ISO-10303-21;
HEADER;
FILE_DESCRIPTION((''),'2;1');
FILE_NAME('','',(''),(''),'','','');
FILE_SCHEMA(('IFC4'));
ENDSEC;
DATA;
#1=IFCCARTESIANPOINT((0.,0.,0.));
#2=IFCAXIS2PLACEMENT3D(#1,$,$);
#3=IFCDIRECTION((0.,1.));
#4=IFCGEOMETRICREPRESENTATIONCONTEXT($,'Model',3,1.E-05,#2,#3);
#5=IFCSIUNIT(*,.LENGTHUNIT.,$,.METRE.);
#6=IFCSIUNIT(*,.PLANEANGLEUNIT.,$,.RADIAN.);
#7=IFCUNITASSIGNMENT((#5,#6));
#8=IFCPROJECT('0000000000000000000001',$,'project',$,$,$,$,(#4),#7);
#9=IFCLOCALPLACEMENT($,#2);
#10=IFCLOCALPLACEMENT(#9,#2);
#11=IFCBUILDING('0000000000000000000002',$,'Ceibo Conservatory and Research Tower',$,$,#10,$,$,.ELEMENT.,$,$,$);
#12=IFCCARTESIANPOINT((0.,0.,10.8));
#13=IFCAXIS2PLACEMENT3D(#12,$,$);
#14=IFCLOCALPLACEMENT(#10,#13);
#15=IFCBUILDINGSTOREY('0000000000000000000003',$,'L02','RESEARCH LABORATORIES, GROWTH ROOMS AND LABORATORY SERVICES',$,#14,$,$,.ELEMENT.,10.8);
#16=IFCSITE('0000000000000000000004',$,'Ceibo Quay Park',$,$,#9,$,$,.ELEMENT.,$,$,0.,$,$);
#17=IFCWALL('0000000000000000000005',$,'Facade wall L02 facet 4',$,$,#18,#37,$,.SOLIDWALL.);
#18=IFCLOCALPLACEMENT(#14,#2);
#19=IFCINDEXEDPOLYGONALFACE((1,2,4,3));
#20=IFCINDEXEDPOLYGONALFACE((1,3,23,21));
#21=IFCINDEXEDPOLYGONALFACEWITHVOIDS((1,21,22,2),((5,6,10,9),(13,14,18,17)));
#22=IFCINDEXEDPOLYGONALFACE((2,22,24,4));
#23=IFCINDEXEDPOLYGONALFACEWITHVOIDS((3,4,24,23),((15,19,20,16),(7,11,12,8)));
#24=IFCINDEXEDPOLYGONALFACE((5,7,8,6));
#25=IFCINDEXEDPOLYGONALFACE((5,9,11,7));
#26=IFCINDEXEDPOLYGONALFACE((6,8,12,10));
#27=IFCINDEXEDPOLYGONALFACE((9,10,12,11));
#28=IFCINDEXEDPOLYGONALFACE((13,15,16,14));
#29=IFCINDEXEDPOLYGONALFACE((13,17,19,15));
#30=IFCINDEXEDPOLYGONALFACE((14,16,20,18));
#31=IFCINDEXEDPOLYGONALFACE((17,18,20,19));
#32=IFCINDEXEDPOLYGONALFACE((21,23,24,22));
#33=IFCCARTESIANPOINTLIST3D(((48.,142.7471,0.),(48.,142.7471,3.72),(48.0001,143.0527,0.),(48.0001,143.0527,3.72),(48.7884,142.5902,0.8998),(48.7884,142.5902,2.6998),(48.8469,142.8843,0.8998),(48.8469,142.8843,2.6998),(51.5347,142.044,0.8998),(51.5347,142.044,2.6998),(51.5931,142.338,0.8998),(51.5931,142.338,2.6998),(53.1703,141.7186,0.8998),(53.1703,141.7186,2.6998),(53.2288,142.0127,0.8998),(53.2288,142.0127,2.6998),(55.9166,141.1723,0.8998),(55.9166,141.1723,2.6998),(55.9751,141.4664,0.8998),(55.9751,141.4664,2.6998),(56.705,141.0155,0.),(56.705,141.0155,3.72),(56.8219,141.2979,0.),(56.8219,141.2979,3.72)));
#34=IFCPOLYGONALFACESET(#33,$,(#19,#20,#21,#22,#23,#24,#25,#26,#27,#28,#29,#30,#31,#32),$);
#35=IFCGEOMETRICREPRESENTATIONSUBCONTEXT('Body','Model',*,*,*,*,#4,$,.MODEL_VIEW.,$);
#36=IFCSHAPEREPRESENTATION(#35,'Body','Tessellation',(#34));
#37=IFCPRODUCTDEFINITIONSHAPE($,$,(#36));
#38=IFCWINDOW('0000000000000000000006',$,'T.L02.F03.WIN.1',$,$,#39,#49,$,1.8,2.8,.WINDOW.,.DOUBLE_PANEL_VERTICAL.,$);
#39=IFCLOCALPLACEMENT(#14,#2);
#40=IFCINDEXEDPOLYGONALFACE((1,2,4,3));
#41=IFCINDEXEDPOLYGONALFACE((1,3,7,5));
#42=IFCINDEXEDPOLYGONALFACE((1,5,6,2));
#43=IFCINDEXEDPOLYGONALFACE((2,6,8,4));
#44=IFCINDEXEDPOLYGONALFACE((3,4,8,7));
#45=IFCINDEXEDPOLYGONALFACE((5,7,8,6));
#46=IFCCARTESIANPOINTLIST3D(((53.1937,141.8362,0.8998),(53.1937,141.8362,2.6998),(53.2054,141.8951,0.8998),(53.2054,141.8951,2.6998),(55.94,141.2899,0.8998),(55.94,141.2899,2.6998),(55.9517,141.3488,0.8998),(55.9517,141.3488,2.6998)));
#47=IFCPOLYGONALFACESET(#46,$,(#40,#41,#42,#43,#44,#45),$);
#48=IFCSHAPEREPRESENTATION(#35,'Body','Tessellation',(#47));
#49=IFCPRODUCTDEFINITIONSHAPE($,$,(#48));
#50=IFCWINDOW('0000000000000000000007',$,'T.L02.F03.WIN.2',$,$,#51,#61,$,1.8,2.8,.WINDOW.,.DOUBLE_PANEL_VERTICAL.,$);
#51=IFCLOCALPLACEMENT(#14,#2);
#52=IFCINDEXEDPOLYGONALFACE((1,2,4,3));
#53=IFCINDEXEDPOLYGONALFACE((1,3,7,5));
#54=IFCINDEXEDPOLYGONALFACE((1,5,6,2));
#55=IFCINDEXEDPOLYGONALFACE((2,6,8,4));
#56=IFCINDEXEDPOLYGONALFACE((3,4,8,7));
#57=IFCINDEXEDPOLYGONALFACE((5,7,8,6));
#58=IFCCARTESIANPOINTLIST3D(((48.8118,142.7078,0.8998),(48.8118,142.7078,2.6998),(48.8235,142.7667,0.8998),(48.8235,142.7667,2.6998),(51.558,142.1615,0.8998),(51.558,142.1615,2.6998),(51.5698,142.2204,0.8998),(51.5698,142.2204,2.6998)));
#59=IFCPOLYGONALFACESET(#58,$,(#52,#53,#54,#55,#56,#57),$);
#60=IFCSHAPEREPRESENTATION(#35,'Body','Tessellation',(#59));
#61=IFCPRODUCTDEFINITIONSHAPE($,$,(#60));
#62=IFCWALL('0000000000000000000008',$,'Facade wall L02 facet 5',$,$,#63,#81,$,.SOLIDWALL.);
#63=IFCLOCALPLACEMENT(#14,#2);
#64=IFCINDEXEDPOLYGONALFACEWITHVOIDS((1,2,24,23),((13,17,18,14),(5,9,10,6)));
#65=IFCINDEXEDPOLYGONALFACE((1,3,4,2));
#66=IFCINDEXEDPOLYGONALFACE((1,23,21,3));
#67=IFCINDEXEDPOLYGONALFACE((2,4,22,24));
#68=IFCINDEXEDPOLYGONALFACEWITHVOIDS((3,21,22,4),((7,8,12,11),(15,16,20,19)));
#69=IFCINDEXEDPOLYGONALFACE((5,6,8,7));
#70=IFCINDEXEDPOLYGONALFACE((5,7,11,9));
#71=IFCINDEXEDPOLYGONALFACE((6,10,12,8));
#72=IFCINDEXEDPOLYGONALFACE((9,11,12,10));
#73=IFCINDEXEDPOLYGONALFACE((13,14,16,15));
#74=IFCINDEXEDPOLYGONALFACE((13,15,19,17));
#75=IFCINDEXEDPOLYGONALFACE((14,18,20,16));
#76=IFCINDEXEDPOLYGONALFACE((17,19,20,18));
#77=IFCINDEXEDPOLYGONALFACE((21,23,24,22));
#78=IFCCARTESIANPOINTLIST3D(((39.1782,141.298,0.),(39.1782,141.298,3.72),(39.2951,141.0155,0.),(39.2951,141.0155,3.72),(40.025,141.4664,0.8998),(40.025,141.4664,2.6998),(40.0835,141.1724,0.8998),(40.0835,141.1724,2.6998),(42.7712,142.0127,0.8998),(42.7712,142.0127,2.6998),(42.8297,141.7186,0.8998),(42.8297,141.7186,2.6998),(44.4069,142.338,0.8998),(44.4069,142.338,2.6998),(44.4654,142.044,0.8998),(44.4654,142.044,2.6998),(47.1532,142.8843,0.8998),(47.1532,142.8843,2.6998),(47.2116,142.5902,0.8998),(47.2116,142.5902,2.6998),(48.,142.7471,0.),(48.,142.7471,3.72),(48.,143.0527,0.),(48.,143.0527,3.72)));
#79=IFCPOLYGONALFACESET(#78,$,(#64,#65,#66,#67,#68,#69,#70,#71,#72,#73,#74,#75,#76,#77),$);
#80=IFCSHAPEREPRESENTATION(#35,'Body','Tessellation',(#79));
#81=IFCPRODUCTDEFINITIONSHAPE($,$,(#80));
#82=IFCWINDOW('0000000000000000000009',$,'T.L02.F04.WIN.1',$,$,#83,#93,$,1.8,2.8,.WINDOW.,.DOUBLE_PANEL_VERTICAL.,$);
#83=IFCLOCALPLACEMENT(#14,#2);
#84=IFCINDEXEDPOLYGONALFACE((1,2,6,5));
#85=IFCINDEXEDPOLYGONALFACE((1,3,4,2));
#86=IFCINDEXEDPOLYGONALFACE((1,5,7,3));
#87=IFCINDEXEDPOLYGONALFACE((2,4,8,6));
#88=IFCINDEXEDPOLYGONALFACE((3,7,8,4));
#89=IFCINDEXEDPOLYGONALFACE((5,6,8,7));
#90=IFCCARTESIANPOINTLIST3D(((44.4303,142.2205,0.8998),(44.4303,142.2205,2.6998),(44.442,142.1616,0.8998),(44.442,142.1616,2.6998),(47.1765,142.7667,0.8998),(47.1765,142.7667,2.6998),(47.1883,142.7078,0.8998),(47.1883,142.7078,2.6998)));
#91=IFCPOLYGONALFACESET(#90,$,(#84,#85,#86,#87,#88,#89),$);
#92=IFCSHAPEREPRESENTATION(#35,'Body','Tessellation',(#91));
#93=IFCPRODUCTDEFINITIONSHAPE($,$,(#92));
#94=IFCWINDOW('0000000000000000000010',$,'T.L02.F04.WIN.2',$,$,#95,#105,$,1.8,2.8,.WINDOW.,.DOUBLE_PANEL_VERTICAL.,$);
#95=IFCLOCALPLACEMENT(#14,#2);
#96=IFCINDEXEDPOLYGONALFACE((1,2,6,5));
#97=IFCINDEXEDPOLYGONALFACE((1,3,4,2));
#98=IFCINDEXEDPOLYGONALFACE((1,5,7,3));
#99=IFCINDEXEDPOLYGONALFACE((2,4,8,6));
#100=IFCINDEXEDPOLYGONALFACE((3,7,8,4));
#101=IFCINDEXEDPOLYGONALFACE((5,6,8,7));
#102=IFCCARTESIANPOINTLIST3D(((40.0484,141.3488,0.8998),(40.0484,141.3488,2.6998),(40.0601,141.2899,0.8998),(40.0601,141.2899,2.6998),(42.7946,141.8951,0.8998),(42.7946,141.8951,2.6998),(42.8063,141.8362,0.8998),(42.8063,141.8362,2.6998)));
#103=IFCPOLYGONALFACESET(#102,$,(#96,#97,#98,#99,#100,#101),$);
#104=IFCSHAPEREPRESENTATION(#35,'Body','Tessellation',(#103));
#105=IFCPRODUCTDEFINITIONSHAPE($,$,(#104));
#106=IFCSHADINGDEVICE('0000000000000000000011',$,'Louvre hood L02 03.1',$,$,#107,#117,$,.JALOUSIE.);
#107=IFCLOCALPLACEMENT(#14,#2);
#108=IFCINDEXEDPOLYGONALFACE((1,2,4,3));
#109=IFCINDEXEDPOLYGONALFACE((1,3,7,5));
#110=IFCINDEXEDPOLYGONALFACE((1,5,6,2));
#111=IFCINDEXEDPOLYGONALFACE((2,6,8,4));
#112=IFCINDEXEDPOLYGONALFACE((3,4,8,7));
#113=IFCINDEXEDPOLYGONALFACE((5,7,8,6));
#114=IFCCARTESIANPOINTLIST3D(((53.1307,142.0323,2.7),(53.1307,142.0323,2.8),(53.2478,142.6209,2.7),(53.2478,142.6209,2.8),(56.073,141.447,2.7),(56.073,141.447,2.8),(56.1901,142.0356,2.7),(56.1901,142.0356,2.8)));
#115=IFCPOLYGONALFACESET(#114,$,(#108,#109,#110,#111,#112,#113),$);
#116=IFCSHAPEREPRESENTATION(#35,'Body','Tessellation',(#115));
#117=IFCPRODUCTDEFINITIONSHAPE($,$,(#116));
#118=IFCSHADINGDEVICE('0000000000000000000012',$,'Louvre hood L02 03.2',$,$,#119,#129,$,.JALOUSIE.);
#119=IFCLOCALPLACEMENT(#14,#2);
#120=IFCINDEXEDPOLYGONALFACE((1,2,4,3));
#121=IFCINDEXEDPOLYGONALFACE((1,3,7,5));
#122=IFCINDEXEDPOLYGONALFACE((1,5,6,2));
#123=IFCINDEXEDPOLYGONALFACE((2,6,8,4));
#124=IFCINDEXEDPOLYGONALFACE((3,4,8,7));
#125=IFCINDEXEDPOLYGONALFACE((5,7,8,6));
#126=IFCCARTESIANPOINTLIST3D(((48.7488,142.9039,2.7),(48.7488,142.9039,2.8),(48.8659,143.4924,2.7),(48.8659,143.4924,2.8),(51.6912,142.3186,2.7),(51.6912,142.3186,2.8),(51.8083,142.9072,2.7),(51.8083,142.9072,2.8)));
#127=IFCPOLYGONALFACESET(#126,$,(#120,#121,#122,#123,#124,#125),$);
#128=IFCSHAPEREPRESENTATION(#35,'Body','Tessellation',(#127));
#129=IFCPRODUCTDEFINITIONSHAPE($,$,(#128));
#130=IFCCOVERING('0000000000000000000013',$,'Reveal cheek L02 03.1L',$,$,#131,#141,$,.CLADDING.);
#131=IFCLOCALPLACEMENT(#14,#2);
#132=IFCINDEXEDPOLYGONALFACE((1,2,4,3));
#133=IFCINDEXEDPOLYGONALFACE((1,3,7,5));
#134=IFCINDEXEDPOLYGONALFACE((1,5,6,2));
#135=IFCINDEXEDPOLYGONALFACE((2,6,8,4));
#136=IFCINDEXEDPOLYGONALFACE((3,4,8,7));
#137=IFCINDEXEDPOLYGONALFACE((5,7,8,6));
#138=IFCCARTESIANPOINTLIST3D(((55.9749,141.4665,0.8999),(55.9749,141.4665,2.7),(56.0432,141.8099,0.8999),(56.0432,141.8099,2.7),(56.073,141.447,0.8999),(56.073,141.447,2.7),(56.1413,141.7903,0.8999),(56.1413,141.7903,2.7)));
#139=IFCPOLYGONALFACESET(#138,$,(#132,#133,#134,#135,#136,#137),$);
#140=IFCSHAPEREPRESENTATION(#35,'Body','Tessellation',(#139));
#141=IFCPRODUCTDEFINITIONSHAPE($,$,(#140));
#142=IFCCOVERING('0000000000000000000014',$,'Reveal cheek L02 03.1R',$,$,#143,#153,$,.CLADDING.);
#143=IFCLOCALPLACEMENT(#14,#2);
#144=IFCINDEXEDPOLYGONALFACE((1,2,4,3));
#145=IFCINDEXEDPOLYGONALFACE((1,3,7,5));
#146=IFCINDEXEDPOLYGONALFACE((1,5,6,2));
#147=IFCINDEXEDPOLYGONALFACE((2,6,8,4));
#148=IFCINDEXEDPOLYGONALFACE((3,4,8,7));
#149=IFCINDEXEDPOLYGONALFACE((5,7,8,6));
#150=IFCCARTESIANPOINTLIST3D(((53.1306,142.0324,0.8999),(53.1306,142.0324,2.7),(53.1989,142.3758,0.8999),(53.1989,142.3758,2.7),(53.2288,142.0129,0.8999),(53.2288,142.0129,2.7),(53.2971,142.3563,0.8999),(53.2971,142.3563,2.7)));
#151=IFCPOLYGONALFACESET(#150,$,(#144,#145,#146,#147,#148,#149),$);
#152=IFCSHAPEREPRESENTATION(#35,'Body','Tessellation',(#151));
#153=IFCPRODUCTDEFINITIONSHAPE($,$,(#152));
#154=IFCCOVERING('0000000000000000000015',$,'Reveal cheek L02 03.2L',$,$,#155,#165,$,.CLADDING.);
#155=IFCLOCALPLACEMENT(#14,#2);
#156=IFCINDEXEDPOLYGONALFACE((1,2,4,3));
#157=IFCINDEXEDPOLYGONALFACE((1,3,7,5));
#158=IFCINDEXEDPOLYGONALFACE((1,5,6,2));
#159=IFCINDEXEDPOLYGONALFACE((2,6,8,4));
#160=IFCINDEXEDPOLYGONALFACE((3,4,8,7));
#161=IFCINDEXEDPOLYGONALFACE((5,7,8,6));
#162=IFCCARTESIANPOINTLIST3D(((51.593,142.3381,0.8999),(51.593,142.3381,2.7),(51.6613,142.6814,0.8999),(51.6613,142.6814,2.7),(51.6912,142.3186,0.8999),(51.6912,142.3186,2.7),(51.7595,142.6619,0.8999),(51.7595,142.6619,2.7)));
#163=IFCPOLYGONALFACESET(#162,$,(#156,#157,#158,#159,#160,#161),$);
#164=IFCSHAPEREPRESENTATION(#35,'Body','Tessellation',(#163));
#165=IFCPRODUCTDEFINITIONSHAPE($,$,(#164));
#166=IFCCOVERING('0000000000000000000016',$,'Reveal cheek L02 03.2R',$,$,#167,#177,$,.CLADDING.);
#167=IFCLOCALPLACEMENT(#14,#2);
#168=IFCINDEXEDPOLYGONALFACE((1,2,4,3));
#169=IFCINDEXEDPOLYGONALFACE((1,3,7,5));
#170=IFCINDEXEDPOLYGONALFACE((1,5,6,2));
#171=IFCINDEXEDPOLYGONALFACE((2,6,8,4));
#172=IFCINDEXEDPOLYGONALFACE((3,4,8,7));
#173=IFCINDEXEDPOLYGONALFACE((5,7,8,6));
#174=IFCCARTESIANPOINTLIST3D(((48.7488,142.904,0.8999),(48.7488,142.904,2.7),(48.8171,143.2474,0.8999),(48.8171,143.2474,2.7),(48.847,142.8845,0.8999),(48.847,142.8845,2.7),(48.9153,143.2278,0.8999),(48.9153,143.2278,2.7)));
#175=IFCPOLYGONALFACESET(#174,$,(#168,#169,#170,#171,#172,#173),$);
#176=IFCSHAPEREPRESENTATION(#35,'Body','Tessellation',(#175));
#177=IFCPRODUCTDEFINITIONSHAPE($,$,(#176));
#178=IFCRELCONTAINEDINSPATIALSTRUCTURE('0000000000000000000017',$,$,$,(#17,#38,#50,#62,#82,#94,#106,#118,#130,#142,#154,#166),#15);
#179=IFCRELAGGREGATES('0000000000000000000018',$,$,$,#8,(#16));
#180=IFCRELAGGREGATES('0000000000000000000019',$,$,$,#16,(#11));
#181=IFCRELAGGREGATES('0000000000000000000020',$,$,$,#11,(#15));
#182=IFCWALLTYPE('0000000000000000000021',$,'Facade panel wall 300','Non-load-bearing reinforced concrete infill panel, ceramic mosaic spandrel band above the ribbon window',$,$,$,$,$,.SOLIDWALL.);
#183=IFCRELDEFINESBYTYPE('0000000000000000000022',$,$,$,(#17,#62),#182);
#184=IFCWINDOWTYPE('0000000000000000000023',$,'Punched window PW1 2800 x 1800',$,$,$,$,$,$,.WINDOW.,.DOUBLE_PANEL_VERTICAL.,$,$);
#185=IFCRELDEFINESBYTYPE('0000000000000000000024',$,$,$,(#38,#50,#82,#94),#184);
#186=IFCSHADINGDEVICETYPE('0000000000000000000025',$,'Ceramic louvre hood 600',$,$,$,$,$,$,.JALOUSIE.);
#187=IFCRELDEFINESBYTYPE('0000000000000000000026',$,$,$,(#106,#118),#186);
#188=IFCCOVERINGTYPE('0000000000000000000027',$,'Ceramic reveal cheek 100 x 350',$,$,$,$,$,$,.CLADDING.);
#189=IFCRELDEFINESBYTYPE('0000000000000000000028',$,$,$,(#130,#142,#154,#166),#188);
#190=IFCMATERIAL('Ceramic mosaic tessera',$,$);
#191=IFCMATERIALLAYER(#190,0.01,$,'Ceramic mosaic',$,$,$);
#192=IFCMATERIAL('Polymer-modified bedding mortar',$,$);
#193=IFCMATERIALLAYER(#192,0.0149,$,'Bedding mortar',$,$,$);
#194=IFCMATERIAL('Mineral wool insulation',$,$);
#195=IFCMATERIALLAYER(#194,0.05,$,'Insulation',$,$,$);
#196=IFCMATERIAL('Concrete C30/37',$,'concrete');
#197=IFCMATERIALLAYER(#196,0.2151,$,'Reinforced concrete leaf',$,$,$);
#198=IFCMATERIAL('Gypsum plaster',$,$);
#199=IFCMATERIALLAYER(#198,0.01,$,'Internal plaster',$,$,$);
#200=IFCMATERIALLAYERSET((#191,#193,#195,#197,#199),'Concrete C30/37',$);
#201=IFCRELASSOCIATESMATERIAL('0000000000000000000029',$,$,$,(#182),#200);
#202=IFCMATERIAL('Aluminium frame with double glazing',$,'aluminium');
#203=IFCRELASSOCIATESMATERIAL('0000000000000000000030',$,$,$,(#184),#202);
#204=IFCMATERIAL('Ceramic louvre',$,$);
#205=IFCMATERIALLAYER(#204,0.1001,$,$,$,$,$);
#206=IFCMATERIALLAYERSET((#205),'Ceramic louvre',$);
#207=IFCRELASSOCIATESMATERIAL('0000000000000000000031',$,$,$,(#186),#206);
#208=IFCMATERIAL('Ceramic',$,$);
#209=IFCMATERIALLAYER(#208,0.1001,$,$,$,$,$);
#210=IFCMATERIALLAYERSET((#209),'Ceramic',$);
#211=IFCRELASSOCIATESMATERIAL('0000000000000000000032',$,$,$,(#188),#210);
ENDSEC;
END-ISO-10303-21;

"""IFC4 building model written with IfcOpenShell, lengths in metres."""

from ifc_helpers import new_model, si_unit, direction, frame, frame_2d, origin, origin_2d, place, context, subcontext, project, spatial, polyline, rectangle, outline, extrude, material, layer, layer_set, type_object, element, fill, save


model = new_model("IFC4")

# Units and contexts
model_context = context("Model", 3, precision=1e-05, world=origin(), true_north=direction((0.0, 1.0)))
body_context = subcontext(model_context, "Body", "Model", "MODEL_VIEW")
ifc_project = project(units=[si_unit("LENGTHUNIT", "METRE"), si_unit("PLANEANGLEUNIT", "RADIAN")], contexts=[model_context])

# Site, building, storey
site_placement = place(None, origin())
site = spatial("IfcSite", under=ifc_project, at=site_placement, Name="Ceibo Quay Park", CompositionType="ELEMENT", RefElevation=0.0)
building_placement = place(site_placement, origin())
building = spatial("IfcBuilding", under=site, at=building_placement, Name="Ceibo Conservatory and Research Tower", CompositionType="ELEMENT")
storey_placement = place(building_placement, frame((0.0, 0.0, 10.8)))
storey = spatial("IfcBuildingStorey", under=building, at=storey_placement, Name="L02", Description="RESEARCH LABORATORIES, GROWTH ROOMS AND LABORATORY SERVICES", CompositionType="ELEMENT", Elevation=10.8)

# Walls, openings, windows
ifc_material_1 = material(Name="Ceramic mosaic tessera")
ifc_layer_1 = layer(ifc_material_1, 0.01, Name="Ceramic mosaic")
ifc_material_2 = material(Name="Polymer-modified bedding mortar")
ifc_layer_2 = layer(ifc_material_2, 0.0149, Name="Bedding mortar")
ifc_material_3 = material(Name="Mineral wool insulation")
ifc_layer_3 = layer(ifc_material_3, 0.05, Name="Insulation")
ifc_material_4 = material(Name="Concrete C30/37", Category="concrete")
ifc_layer_4 = layer(ifc_material_4, 0.2151, Name="Reinforced concrete leaf")
ifc_material_5 = material(Name="Gypsum plaster")
ifc_layer_5 = layer(ifc_material_5, 0.01, Name="Internal plaster")
ifc_layer_set_1 = layer_set([ifc_layer_1, ifc_layer_2, ifc_layer_3, ifc_layer_4, ifc_layer_5], Name="Concrete C30/37")
wall_type_1 = type_object("IfcWallType", Name="Facade panel wall 300", Description="Non-load-bearing reinforced concrete infill panel, ceramic mosaic spandrel band above the ribbon window", PredefinedType="SOLIDWALL", material=ifc_layer_set_1)
wall_1_placement = place(storey_placement, frame((56.7634, 141.1567, 0.0), z_axis=(0.0, 0.0, 1.0), x_axis=(-0.980785, 0.195091, 0.0)))
wall_1 = element("IfcWall", 1, at=wall_1_placement, inside=storey, type_object=wall_type_1, Name="Facade wall L02 facet 4", PredefinedType="SOLIDWALL", context=body_context, shape_type="SweptSolid", body=[
    extrude(outline(polyline([(-0.0298, -0.1499), (8.9648, -0.1499), (8.9053, 0.1499), (0.0298, 0.1499), (-0.0298, -0.1499)])), origin(), (0.0, 0.0, 1.0), 3.72),
])
opening_1_placement = place(wall_1_placement, frame((0.8337, 0.0, 0.8999)))
opening_1 = element("IfcOpeningElement", 2, at=opening_1_placement, cuts=wall_1, PredefinedType="OPENING", context=body_context, shape_type="SweptSolid", body=[
    extrude(rectangle(XDim=2.8, YDim=1.8, at=frame_2d((1.3999, 0.8999))), frame((0.0, 0.1599, 0.0), z_axis=(0.0, -1.0, 0.0), x_axis=(1.0, 0.0, 0.0)), (0.0, 0.0, 1.0), 0.3201),
])
opening_2_placement = place(wall_1_placement, frame((5.3015, 0.0, 0.8999)))
opening_2 = element("IfcOpeningElement", 3, at=opening_2_placement, cuts=wall_1, PredefinedType="OPENING", context=body_context, shape_type="SweptSolid", body=[
    extrude(rectangle(XDim=2.8, YDim=1.8, at=frame_2d((1.3999, 0.8999))), frame((0.0, 0.1599, 0.0), z_axis=(0.0, -1.0, 0.0), x_axis=(1.0, 0.0, 0.0)), (0.0, 0.0, 1.0), 0.3201),
])
ifc_material_6 = material(Name="Aluminium frame with double glazing", Category="aluminium")
window_type = type_object("IfcWindowType", Name="Punched window PW1 2800 x 1800", PartitioningType="DOUBLE_PANEL_VERTICAL", PredefinedType="WINDOW", material=ifc_material_6)
window_1_placement = place(opening_1_placement, origin())
window_1 = element("IfcWindow", 4, at=window_1_placement, inside=storey, type_object=window_type, Name="T.L02.F03.WIN.1", OverallHeight=1.8, OverallWidth=2.8, PartitioningType="DOUBLE_PANEL_VERTICAL", PredefinedType="WINDOW", context=body_context, shape_type="SweptSolid", body=[
    extrude(rectangle(XDim=2.8, YDim=1.8, at=frame_2d((1.3999, 0.8999))), frame((0.0, 0.03, 0.0), z_axis=(0.0, -1.0, 0.0), x_axis=(1.0, 0.0, 0.0)), (0.0, 0.0, 1.0), 0.0601),
])
fill(opening_1, window_1)
window_2_placement = place(opening_2_placement, origin())
window_2 = element("IfcWindow", 5, at=window_2_placement, inside=storey, type_object=window_type, Name="T.L02.F03.WIN.2", OverallHeight=1.8, OverallWidth=2.8, PartitioningType="DOUBLE_PANEL_VERTICAL", PredefinedType="WINDOW", context=body_context, shape_type="SweptSolid", body=[
    extrude(rectangle(XDim=2.8, YDim=1.8, at=frame_2d((1.3999, 0.8999))), frame((0.0, 0.03, 0.0), z_axis=(0.0, -1.0, 0.0), x_axis=(1.0, 0.0, 0.0)), (0.0, 0.0, 1.0), 0.0601),
])
fill(opening_2, window_2)
wall_2_placement = place(storey_placement, frame((48.0, 142.8999, 0.0), z_axis=(0.0, 0.0, 1.0), x_axis=(-0.980785, -0.195091, 0.0)))
wall_2 = element("IfcWall", 6, at=wall_2_placement, inside=storey, type_object=wall_type_1, Name="Facade wall L02 facet 5", PredefinedType="SOLIDWALL", context=body_context, shape_type="SweptSolid", body=[
    extrude(outline(polyline([(-0.0298, -0.1499), (8.9648, -0.1499), (8.9053, 0.1499), (0.0298, 0.1499), (-0.0298, -0.1499)])), origin(), (0.0, 0.0, 1.0), 3.72),
])
opening_3_placement = place(wall_2_placement, frame((0.8337, 0.0, 0.8999)))
opening_3 = element("IfcOpeningElement", 7, at=opening_3_placement, cuts=wall_2, PredefinedType="OPENING", context=body_context, shape_type="SweptSolid", body=[
    extrude(rectangle(XDim=2.8, YDim=1.8, at=frame_2d((1.3999, 0.8999))), frame((0.0, 0.1599, 0.0), z_axis=(0.0, -1.0, 0.0), x_axis=(1.0, 0.0, 0.0)), (0.0, 0.0, 1.0), 0.3201),
])
opening_4_placement = place(wall_2_placement, frame((5.3015, 0.0, 0.8999)))
opening_4 = element("IfcOpeningElement", 8, at=opening_4_placement, cuts=wall_2, PredefinedType="OPENING", context=body_context, shape_type="SweptSolid", body=[
    extrude(rectangle(XDim=2.8, YDim=1.8, at=frame_2d((1.3999, 0.8999))), frame((0.0, 0.1599, 0.0), z_axis=(0.0, -1.0, 0.0), x_axis=(1.0, 0.0, 0.0)), (0.0, 0.0, 1.0), 0.3201),
])
window_3_placement = place(opening_3_placement, origin())
window_3 = element("IfcWindow", 9, at=window_3_placement, inside=storey, type_object=window_type, Name="T.L02.F04.WIN.1", OverallHeight=1.8, OverallWidth=2.8, PartitioningType="DOUBLE_PANEL_VERTICAL", PredefinedType="WINDOW", context=body_context, shape_type="SweptSolid", body=[
    extrude(rectangle(XDim=2.8, YDim=1.8, at=frame_2d((1.3999, 0.8999))), frame((0.0, 0.03, 0.0), z_axis=(0.0, -1.0, 0.0), x_axis=(1.0, 0.0, 0.0)), (0.0, 0.0, 1.0), 0.0601),
])
fill(opening_3, window_3)
window_4_placement = place(opening_4_placement, origin())
window_4 = element("IfcWindow", 10, at=window_4_placement, inside=storey, type_object=window_type, Name="T.L02.F04.WIN.2", OverallHeight=1.8, OverallWidth=2.8, PartitioningType="DOUBLE_PANEL_VERTICAL", PredefinedType="WINDOW", context=body_context, shape_type="SweptSolid", body=[
    extrude(rectangle(XDim=2.8, YDim=1.8, at=frame_2d((1.3999, 0.8999))), frame((0.0, 0.03, 0.0), z_axis=(0.0, -1.0, 0.0), x_axis=(1.0, 0.0, 0.0)), (0.0, 0.0, 1.0), 0.0601),
])
fill(opening_4, window_4)

# Shading devices
ifc_material_7 = material(Name="Ceramic louvre")
ifc_layer_6 = layer(ifc_material_7, 0.1001)
ifc_layer_set_2 = layer_set([ifc_layer_6], Name="Ceramic louvre")
shading_device_type = type_object("IfcShadingDeviceType", Name="Ceramic louvre hood 600", PredefinedType="JALOUSIE", material=ifc_layer_set_2)
for number, where, z_axis, x_axis, name in (
    (11, (54.6604, 142.0339, 2.7), (0.0, 0.0, 1.0), (-0.980785, 0.19509, 0.0), "Louvre hood L02 03.1"),
    (12, (50.2786, 142.9055, 2.7), (0.0, 0.0, 1.0), (-0.980785, 0.19509, 0.0), "Louvre hood L02 03.2"),
):
    element("IfcShadingDevice", number, at=place(storey_placement, frame(where, z_axis=z_axis, x_axis=x_axis)), inside=storey, type_object=shading_device_type, Name=name, PredefinedType="JALOUSIE", context=body_context, shape_type="SweptSolid", body=[
        extrude(rectangle(XDim=3.0, YDim=0.6001, at=origin_2d()), origin(), (0.0, 0.0, 1.0), 0.1001),
    ])

# Coverings
ifc_material_8 = material(Name="Ceramic")
ifc_layer_7 = layer(ifc_material_8, 0.1001)
ifc_layer_set_3 = layer_set([ifc_layer_7], Name="Ceramic")
covering_type_1 = type_object("IfcCoveringType", Name="Ceramic reveal cheek 100 x 350", PredefinedType="CLADDING", material=ifc_layer_set_3)
for number, where, z_axis, x_axis, name in (
    (13, (56.0581, 141.6284, 0.8999), (0.0, 0.0, 1.0), (-0.980785, 0.19509, 0.0), "Reveal cheek L02 03.1L"),
    (14, (53.2139, 142.1943, 0.8999), (0.0, 0.0, 1.0), (-0.980785, 0.19509, 0.0), "Reveal cheek L02 03.1R"),
    (15, (51.6763, 142.5, 0.8999), (0.0, 0.0, 1.0), (-0.980785, 0.19509, 0.0), "Reveal cheek L02 03.2L"),
    (16, (48.832, 143.0659, 0.8999), (0.0, 0.0, 1.0), (-0.980785, 0.19509, 0.0), "Reveal cheek L02 03.2R"),
):
    element("IfcCovering", number, at=place(storey_placement, frame(where, z_axis=z_axis, x_axis=x_axis)), inside=storey, type_object=covering_type_1, Name=name, PredefinedType="CLADDING", context=body_context, shape_type="SweptSolid", body=[
        extrude(rectangle(XDim=0.1001, YDim=0.3501, at=origin_2d()), origin(), (0.0, 0.0, 1.0), 1.8),
    ])

save(model, "model.ifc")
